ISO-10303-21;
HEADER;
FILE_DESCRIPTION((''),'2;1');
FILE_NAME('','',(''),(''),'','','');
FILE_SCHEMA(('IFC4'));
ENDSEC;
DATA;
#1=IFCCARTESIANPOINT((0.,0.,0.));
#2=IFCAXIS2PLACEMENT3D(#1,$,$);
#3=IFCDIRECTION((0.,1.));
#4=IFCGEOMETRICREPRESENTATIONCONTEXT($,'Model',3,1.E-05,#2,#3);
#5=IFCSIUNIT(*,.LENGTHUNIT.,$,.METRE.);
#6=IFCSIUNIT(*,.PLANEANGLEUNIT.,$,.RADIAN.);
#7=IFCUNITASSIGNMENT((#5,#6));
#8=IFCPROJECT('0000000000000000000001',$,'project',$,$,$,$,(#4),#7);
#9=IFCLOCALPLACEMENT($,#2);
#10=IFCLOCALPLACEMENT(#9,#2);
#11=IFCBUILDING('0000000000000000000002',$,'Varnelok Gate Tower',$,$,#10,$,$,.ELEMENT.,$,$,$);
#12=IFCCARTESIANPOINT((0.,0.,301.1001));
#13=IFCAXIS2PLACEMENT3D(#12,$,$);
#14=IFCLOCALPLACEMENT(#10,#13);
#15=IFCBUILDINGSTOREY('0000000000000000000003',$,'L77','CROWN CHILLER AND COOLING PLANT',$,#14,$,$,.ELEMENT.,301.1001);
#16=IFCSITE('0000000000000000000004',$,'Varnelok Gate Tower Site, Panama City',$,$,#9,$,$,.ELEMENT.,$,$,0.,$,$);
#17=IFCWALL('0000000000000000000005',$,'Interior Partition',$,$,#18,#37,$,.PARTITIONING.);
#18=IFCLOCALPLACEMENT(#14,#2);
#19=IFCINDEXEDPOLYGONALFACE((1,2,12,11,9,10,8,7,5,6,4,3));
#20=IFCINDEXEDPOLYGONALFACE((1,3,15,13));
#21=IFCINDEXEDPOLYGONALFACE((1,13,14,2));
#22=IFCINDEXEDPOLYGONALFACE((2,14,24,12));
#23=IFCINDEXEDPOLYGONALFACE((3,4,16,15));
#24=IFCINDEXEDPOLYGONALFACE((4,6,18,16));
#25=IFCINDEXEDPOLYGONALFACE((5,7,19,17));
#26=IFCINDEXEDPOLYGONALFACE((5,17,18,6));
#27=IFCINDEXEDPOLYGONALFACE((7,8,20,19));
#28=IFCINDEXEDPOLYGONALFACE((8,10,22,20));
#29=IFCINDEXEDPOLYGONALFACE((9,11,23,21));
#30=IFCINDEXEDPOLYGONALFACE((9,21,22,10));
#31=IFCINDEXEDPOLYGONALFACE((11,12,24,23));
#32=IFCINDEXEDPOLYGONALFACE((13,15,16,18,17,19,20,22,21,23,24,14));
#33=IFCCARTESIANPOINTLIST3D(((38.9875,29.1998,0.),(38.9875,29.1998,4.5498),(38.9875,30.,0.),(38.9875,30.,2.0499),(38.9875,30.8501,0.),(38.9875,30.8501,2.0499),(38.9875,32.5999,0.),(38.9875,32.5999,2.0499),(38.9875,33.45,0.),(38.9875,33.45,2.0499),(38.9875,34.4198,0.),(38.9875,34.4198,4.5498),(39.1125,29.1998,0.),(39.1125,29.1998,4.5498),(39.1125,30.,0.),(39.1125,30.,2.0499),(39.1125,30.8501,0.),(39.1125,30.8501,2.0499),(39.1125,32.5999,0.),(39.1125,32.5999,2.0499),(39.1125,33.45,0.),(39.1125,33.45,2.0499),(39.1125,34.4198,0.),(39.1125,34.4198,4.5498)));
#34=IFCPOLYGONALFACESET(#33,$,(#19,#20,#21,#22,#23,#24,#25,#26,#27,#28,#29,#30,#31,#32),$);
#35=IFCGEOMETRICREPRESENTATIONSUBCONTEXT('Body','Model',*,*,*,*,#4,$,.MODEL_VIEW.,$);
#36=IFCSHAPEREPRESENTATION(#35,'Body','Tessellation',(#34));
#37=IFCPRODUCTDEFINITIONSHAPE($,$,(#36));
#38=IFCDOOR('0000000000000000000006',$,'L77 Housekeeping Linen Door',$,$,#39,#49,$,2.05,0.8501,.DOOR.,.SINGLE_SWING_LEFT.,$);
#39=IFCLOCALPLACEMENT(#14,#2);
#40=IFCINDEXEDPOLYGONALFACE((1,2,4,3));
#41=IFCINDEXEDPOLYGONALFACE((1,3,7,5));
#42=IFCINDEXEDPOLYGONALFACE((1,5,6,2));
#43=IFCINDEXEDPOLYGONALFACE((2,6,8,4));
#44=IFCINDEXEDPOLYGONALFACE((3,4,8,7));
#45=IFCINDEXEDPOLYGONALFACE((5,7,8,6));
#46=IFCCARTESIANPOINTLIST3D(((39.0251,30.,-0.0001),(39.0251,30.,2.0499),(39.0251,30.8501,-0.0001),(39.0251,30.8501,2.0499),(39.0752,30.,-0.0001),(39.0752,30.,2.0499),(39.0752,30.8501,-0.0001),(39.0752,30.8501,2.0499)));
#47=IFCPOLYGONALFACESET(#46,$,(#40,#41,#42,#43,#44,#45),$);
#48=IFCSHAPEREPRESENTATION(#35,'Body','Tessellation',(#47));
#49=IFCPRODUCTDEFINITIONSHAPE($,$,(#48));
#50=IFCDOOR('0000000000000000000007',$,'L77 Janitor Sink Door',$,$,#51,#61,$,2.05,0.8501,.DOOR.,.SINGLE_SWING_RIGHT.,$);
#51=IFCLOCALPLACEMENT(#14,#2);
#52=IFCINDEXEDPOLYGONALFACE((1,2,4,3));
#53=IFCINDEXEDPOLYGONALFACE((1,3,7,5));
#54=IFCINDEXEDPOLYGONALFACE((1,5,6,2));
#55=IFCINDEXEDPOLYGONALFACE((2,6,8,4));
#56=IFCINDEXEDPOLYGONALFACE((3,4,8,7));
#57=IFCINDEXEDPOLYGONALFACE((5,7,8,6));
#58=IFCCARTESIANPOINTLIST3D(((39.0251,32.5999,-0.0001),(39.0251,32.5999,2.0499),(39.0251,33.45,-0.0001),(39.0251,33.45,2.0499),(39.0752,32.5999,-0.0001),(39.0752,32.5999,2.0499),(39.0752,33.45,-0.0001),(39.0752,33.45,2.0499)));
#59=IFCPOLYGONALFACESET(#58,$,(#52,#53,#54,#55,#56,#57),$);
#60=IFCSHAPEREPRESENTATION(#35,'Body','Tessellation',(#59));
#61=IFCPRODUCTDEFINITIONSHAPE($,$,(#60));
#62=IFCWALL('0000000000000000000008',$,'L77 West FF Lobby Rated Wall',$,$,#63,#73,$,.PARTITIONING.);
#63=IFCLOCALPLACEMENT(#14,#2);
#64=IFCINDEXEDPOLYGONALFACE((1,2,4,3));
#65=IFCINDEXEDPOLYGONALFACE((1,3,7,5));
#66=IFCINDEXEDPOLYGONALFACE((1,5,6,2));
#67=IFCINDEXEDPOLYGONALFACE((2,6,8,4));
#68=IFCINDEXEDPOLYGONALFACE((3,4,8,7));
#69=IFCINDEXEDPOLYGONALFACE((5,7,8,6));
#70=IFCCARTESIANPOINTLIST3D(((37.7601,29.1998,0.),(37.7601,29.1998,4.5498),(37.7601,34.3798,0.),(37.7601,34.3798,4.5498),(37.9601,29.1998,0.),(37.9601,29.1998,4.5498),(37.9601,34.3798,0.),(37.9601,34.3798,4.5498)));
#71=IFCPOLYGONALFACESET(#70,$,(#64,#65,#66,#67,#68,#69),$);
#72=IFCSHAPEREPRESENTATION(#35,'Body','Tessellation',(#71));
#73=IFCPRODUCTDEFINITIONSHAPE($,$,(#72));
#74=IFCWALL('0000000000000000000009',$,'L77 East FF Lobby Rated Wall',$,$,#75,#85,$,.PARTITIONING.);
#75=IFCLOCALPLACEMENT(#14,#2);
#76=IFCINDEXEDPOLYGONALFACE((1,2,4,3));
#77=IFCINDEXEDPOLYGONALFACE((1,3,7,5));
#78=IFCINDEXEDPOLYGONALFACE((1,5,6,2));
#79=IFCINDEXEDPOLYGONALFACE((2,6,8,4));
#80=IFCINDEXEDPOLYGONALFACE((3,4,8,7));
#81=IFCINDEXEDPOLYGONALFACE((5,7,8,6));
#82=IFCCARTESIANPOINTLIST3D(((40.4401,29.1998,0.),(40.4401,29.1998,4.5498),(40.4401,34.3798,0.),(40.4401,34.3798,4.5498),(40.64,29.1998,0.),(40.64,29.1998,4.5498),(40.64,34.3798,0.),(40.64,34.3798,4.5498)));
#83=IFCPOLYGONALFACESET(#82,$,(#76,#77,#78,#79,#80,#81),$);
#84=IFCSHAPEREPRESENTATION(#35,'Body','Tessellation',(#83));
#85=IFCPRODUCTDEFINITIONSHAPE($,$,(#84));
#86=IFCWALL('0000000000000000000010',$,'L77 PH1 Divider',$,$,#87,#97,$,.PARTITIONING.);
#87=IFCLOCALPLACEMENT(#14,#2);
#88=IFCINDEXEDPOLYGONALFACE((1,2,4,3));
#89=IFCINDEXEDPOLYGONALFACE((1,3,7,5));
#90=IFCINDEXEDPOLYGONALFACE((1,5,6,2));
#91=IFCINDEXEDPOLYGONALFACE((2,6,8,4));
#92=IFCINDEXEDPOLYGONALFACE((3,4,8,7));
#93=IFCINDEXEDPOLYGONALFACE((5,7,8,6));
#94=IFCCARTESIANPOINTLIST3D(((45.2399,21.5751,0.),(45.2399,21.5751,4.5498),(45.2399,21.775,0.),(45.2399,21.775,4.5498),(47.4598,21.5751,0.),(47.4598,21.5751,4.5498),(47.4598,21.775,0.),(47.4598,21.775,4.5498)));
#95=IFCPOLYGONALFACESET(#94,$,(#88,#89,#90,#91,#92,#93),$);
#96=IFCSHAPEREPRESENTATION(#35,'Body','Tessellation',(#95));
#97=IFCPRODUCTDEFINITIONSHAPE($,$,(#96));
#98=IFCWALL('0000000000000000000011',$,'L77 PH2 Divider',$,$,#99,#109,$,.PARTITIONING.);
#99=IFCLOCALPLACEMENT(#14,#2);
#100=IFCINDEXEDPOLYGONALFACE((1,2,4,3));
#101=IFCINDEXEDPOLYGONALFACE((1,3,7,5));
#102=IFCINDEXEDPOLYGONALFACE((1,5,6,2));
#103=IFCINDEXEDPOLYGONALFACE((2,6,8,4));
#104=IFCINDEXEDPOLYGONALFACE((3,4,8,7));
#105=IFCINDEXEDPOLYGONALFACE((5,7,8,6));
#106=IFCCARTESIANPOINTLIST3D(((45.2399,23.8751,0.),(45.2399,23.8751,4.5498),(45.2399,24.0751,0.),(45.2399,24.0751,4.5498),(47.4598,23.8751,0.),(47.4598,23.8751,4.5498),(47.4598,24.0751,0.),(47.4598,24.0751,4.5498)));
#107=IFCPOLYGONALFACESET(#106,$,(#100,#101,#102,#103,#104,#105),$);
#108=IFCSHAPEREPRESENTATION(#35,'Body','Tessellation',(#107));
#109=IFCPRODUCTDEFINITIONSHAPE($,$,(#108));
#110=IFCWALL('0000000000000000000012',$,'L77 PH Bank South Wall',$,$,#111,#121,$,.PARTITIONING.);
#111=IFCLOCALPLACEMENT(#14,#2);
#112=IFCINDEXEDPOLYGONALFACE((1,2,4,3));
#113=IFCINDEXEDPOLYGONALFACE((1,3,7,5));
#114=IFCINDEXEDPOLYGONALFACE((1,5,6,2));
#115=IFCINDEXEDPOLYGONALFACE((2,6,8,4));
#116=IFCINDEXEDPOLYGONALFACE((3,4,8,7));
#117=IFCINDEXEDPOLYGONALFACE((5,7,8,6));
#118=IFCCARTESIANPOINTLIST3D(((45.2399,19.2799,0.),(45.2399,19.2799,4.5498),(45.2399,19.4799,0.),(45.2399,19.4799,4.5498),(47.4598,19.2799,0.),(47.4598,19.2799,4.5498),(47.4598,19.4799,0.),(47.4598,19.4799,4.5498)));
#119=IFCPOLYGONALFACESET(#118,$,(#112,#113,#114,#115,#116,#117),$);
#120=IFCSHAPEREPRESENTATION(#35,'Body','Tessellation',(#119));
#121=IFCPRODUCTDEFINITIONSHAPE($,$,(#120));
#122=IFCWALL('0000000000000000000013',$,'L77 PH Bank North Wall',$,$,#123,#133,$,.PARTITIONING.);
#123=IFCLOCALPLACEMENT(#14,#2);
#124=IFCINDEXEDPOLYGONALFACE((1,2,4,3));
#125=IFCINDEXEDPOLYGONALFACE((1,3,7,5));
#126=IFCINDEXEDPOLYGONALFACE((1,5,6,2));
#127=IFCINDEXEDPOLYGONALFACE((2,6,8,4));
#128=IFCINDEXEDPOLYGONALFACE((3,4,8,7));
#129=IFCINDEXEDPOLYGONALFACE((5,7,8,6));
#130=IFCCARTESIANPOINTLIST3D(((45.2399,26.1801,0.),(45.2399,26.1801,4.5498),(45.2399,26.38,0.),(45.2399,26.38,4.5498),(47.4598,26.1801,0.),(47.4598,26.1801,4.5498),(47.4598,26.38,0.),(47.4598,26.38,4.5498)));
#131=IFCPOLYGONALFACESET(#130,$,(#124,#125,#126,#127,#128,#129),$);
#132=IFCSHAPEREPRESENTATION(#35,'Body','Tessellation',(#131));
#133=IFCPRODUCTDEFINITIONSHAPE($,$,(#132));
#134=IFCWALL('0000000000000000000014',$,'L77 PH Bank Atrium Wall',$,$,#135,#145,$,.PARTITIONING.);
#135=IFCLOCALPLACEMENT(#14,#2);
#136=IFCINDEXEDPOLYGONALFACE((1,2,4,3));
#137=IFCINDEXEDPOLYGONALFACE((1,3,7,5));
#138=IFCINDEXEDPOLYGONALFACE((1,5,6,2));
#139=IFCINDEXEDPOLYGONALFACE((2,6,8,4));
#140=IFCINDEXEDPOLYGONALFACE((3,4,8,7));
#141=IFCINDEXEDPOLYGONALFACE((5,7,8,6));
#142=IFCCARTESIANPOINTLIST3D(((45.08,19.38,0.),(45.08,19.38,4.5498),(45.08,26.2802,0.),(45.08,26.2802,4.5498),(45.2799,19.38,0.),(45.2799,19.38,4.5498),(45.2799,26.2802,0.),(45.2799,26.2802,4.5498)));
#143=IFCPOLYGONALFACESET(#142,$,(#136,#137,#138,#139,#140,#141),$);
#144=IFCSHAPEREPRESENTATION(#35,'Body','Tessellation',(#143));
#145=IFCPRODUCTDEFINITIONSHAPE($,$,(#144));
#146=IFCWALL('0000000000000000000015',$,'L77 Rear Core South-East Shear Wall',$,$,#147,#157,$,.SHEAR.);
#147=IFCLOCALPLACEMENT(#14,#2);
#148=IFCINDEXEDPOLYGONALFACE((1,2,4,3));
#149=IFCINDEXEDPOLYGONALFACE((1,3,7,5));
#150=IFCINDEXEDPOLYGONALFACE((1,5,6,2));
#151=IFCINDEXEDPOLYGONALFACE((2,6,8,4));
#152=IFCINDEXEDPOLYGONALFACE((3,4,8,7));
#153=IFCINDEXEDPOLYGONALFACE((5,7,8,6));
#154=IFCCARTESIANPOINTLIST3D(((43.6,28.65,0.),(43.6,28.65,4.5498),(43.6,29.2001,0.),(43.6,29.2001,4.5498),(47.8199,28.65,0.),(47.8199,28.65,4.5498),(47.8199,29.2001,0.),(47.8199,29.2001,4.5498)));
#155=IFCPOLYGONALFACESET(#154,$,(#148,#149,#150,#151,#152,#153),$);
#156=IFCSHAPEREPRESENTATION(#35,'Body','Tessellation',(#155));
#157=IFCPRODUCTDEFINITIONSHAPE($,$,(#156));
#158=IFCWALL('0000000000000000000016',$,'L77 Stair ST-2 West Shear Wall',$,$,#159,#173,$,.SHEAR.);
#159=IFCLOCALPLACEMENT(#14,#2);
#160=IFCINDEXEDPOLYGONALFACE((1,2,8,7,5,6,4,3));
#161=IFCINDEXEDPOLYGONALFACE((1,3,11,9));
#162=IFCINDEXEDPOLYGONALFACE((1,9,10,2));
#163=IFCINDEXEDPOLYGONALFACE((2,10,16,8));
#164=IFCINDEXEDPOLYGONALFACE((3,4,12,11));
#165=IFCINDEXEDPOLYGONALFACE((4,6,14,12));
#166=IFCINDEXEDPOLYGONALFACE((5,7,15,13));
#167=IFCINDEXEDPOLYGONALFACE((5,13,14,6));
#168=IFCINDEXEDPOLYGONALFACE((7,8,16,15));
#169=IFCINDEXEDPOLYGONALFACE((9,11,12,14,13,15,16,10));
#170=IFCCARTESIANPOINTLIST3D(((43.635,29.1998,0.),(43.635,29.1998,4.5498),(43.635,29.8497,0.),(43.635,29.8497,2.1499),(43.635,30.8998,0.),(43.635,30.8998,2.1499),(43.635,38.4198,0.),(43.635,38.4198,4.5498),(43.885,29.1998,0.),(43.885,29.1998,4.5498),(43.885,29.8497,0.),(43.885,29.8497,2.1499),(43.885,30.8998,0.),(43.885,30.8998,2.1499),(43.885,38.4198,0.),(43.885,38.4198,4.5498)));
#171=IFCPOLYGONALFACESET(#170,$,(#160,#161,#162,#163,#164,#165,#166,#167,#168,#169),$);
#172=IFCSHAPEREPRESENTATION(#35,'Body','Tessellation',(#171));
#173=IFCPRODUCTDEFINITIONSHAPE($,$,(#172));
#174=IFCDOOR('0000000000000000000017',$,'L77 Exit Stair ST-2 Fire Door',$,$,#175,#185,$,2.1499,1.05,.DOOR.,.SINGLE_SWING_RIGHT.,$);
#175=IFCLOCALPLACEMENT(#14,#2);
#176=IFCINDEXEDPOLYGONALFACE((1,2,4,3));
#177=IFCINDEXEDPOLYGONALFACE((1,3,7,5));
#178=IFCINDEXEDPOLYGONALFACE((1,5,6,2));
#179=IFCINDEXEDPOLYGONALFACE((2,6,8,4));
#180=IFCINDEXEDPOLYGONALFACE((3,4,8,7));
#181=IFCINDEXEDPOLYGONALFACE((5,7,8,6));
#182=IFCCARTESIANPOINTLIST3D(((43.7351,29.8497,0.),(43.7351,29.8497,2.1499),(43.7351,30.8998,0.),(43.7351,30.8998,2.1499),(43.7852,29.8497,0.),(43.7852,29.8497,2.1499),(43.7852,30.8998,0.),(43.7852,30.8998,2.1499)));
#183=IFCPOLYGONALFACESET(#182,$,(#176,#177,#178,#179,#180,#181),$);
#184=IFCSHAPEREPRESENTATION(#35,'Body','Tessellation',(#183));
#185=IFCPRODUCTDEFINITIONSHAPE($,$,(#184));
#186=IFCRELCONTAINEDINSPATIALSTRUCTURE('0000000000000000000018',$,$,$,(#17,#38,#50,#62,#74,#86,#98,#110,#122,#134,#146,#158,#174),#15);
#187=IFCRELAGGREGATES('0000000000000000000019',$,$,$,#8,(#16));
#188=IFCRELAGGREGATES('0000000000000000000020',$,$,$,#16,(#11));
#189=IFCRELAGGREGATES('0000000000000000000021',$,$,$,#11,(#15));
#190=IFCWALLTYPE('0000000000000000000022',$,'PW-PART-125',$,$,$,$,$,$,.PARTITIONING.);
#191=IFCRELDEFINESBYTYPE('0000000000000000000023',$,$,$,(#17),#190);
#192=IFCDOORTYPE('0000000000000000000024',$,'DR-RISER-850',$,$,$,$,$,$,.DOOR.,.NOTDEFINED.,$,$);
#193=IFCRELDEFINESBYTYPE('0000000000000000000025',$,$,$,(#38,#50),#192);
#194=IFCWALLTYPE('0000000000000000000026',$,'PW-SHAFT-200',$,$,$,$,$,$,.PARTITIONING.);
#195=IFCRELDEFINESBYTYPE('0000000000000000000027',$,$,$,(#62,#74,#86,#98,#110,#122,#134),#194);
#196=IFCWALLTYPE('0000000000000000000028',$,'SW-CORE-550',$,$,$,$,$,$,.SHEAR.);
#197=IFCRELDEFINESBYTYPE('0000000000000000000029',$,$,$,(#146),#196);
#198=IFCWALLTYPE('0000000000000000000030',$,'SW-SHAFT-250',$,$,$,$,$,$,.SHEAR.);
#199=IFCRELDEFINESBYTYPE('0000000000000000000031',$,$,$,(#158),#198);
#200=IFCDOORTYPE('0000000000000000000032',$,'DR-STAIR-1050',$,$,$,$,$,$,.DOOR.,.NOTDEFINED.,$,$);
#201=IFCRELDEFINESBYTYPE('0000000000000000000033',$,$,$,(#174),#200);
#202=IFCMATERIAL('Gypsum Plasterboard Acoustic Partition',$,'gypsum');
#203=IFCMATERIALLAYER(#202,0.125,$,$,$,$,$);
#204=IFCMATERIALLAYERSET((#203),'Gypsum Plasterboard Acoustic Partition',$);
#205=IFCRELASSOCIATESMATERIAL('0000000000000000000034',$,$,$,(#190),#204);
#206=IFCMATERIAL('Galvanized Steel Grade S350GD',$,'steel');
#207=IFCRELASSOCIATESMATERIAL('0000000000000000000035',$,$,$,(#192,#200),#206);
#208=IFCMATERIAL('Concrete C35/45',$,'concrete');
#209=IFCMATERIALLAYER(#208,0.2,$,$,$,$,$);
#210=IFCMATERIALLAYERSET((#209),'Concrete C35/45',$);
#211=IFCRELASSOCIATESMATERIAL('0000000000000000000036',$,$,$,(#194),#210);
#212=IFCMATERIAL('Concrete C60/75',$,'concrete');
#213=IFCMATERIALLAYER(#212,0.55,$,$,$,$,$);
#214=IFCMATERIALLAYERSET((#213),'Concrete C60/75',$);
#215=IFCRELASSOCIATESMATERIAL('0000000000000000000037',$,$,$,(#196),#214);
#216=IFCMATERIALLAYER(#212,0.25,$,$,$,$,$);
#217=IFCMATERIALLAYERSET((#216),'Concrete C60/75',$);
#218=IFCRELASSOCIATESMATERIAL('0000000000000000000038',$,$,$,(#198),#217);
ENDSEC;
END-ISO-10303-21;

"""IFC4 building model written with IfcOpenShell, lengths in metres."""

from ifc_helpers import new_model, si_unit, direction, frame, frame_2d, origin, place, context, subcontext, project, spatial, rectangle, extrude, material, layer, layer_set, type_object, element, fill, save


model = new_model("IFC4")

# Units and contexts
model_context = context("Model", 3, precision=1e-05, world=origin(), true_north=direction((0.0, 1.0)))
body_context = subcontext(model_context, "Body", "Model", "MODEL_VIEW")
ifc_project = project(units=[si_unit("LENGTHUNIT", "METRE"), si_unit("PLANEANGLEUNIT", "RADIAN")], contexts=[model_context])

# Site, building, storey
site_placement = place(None, origin())
site = spatial("IfcSite", under=ifc_project, at=site_placement, Name="Varnelok Gate Tower Site, Panama City", CompositionType="ELEMENT", RefElevation=0.0)
building_placement = place(site_placement, origin())
building = spatial("IfcBuilding", under=site, at=building_placement, Name="Varnelok Gate Tower", CompositionType="ELEMENT")
storey_placement = place(building_placement, frame((0.0, 0.0, 301.1001)))
storey = spatial("IfcBuildingStorey", under=building, at=storey_placement, Name="L77", Description="CROWN CHILLER AND COOLING PLANT", CompositionType="ELEMENT", Elevation=301.1001)

# Shared definitions
ifc_material_1 = material(Name="Gypsum Plasterboard Acoustic Partition", Category="gypsum")

# Shared definitions
ifc_material_2 = material(Name="Galvanized Steel Grade S350GD", Category="steel")

# Wall, openings, doors
ifc_layer_1 = layer(ifc_material_1, 0.125)
ifc_layer_set_1 = layer_set([ifc_layer_1], Name="Gypsum Plasterboard Acoustic Partition")
wall_type_1 = type_object("IfcWallType", Name="PW-PART-125", PredefinedType="PARTITIONING", material=ifc_layer_set_1)
wall_1_placement = place(storey_placement, frame((39.05, 29.2, 0.0), z_axis=(0.0, 0.0, 1.0), x_axis=(0.0, 1.0, 0.0)))
wall_1 = element("IfcWall", 1, at=wall_1_placement, inside=storey, type_object=wall_type_1, Name="Interior Partition", PredefinedType="PARTITIONING", context=body_context, shape_type="SweptSolid", body=[
    extrude(rectangle(XDim=5.22, YDim=0.125, at=frame_2d((2.6099, 0.0))), origin(), (0.0, 0.0, 1.0), 4.5498),
])
opening_1_placement = place(wall_1_placement, frame((0.8, 0.0, 0.0)))
opening_1 = element("IfcOpeningElement", 2, at=opening_1_placement, cuts=wall_1, PredefinedType="OPENING", context=body_context, shape_type="SweptSolid", body=[
    extrude(rectangle(XDim=0.8501, YDim=2.05, at=frame_2d((0.425, 1.0249))), frame((0.0, 0.0725, 0.0), z_axis=(0.0, -1.0, 0.0), x_axis=(1.0, 0.0, 0.0)), (0.0, 0.0, 1.0), 0.145),
])
opening_2_placement = place(wall_1_placement, frame((3.3999, 0.0, 0.0)))
opening_2 = element("IfcOpeningElement", 3, at=opening_2_placement, cuts=wall_1, PredefinedType="OPENING", context=body_context, shape_type="SweptSolid", body=[
    extrude(rectangle(XDim=0.8501, YDim=2.05, at=frame_2d((0.425, 1.0249))), frame((0.0, 0.0725, 0.0), z_axis=(0.0, -1.0, 0.0), x_axis=(1.0, 0.0, 0.0)), (0.0, 0.0, 1.0), 0.145),
])
door_type_1 = type_object("IfcDoorType", Name="DR-RISER-850", OperationType="NOTDEFINED", PredefinedType="DOOR", material=ifc_material_2)
door_1_placement = place(opening_1_placement, origin())
door_1 = element("IfcDoor", 4, at=door_1_placement, inside=storey, type_object=door_type_1, Name="L77 Housekeeping Linen Door", OperationType="SINGLE_SWING_LEFT", OverallHeight=2.05, OverallWidth=0.8501, PredefinedType="DOOR", context=body_context, shape_type="SweptSolid", body=[
    extrude(rectangle(XDim=0.8501, YDim=2.05, at=frame_2d((0.425, 1.0249))), frame((0.0, 0.0249, 0.0), z_axis=(0.0, -1.0, 0.0), x_axis=(1.0, 0.0, 0.0)), (0.0, 0.0, 1.0), 0.05),
])
fill(opening_1, door_1)
door_2_placement = place(opening_2_placement, origin())
door_2 = element("IfcDoor", 5, at=door_2_placement, inside=storey, type_object=door_type_1, Name="L77 Janitor Sink Door", OperationType="SINGLE_SWING_RIGHT", OverallHeight=2.05, OverallWidth=0.8501, PredefinedType="DOOR", context=body_context, shape_type="SweptSolid", body=[
    extrude(rectangle(XDim=0.8501, YDim=2.05, at=frame_2d((0.425, 1.0249))), frame((0.0, 0.0249, 0.0), z_axis=(0.0, -1.0, 0.0), x_axis=(1.0, 0.0, 0.0)), (0.0, 0.0, 1.0), 0.05),
])
fill(opening_2, door_2)

# Walls
ifc_material_3 = material(Name="Concrete C35/45", Category="concrete")
ifc_layer_2 = layer(ifc_material_3, 0.2)
ifc_layer_set_2 = layer_set([ifc_layer_2], Name="Concrete C35/45")
wall_type_2 = type_object("IfcWallType", Name="PW-SHAFT-200", PredefinedType="PARTITIONING", material=ifc_layer_set_2)
for number, where, z_axis, x_axis, name in (
    (6, (37.8601, 29.2, 0.0), (0.0, 0.0, 1.0), (0.0, 1.0, 0.0), "L77 West FF Lobby Rated Wall"),
    (7, (40.54, 29.2, 0.0), (0.0, 0.0, 1.0), (0.0, 1.0, 0.0), "L77 East FF Lobby Rated Wall"),
):
    element("IfcWall", number, at=place(storey_placement, frame(where, z_axis=z_axis, x_axis=x_axis)), inside=storey, type_object=wall_type_2, Name=name, PredefinedType="PARTITIONING", context=body_context, shape_type="SweptSolid", body=[
        extrude(rectangle(XDim=5.1799, YDim=0.2, at=frame_2d((2.5898, 0.0))), origin(), (0.0, 0.0, 1.0), 4.5498),
    ])
for number, where, z_axis, x_axis, name in (
    (8, (45.24, 21.675, 0.0), (0.0, 0.0, 1.0), (1.0, 0.0, 0.0), "L77 PH1 Divider"),
    (9, (45.24, 23.9751, 0.0), (0.0, 0.0, 1.0), (1.0, 0.0, 0.0), "L77 PH2 Divider"),
    (10, (45.24, 19.3799, 0.0), (0.0, 0.0, 1.0), (1.0, 0.0, 0.0), "L77 PH Bank South Wall"),
    (11, (45.24, 26.28, 0.0), (0.0, 0.0, 1.0), (1.0, 0.0, 0.0), "L77 PH Bank North Wall"),
):
    element("IfcWall", number, at=place(storey_placement, frame(where, z_axis=z_axis, x_axis=x_axis)), inside=storey, type_object=wall_type_2, Name=name, PredefinedType="PARTITIONING", context=body_context, shape_type="SweptSolid", body=[
        extrude(rectangle(XDim=2.22, YDim=0.2, at=frame_2d((1.1099, 0.0))), origin(), (0.0, 0.0, 1.0), 4.5498),
    ])
wall_2_placement = place(storey_placement, frame((45.1799, 19.3799, 0.0), z_axis=(0.0, 0.0, 1.0), x_axis=(0.0, 1.0, 0.0)))
element("IfcWall", 12, at=wall_2_placement, inside=storey, type_object=wall_type_2, Name="L77 PH Bank Atrium Wall", PredefinedType="PARTITIONING", context=body_context, shape_type="SweptSolid", body=[
    extrude(rectangle(XDim=6.9001, YDim=0.2, at=frame_2d((3.4502, 0.0))), origin(), (0.0, 0.0, 1.0), 4.5498),
])
ifc_material_4 = material(Name="Concrete C60/75", Category="concrete")
ifc_layer_3 = layer(ifc_material_4, 0.55)
ifc_layer_set_3 = layer_set([ifc_layer_3], Name="Concrete C60/75")
wall_type_3 = type_object("IfcWallType", Name="SW-CORE-550", PredefinedType="SHEAR", material=ifc_layer_set_3)
wall_3_placement = place(storey_placement, frame((43.6001, 28.925, 0.0), z_axis=(0.0, 0.0, 1.0), x_axis=(1.0, 0.0, 0.0)))
element("IfcWall", 13, at=wall_3_placement, inside=storey, type_object=wall_type_3, Name="L77 Rear Core South-East Shear Wall", PredefinedType="SHEAR", context=body_context, shape_type="SweptSolid", body=[
    extrude(rectangle(XDim=4.22, YDim=0.55, at=frame_2d((2.1099, 0.0))), origin(), (0.0, 0.0, 1.0), 4.5498),
])

# Wall, opening, door
ifc_layer_4 = layer(ifc_material_4, 0.25)
ifc_layer_set_4 = layer_set([ifc_layer_4], Name="Concrete C60/75")
wall_type_4 = type_object("IfcWallType", Name="SW-SHAFT-250", PredefinedType="SHEAR", material=ifc_layer_set_4)
wall_4_placement = place(storey_placement, frame((43.76, 29.2, 0.0), z_axis=(0.0, 0.0, 1.0), x_axis=(0.0, 1.0, 0.0)))
wall_4 = element("IfcWall", 14, at=wall_4_placement, inside=storey, type_object=wall_type_4, Name="L77 Stair ST-2 West Shear Wall", PredefinedType="SHEAR", context=body_context, shape_type="SweptSolid", body=[
    extrude(rectangle(XDim=9.22, YDim=0.25, at=frame_2d((4.6099, 0.0))), origin(), (0.0, 0.0, 1.0), 4.5498),
])
opening_3_placement = place(wall_4_placement, frame((0.6499, 0.0, 0.0)))
opening_3 = element("IfcOpeningElement", 15, at=opening_3_placement, cuts=wall_4, PredefinedType="OPENING", context=body_context, shape_type="SweptSolid", body=[
    extrude(rectangle(XDim=1.05, YDim=2.1499, at=frame_2d((0.5249, 1.075))), frame((0.0, 0.135, 0.0), z_axis=(0.0, -1.0, 0.0), x_axis=(1.0, 0.0, 0.0)), (0.0, 0.0, 1.0), 0.27),
])
door_type_2 = type_object("IfcDoorType", Name="DR-STAIR-1050", OperationType="NOTDEFINED", PredefinedType="DOOR", material=ifc_material_2)
door_3_placement = place(opening_3_placement, origin())
door_3 = element("IfcDoor", 16, at=door_3_placement, inside=storey, type_object=door_type_2, Name="L77 Exit Stair ST-2 Fire Door", OperationType="SINGLE_SWING_RIGHT", OverallHeight=2.1499, OverallWidth=1.05, PredefinedType="DOOR", context=body_context, shape_type="SweptSolid", body=[
    extrude(rectangle(XDim=1.05, YDim=2.1499, at=frame_2d((0.5249, 1.075))), frame((0.0, 0.0249, 0.0), z_axis=(0.0, -1.0, 0.0), x_axis=(1.0, 0.0, 0.0)), (0.0, 0.0, 1.0), 0.05),
])
fill(opening_3, door_3)

save(model, "model.ifc")
